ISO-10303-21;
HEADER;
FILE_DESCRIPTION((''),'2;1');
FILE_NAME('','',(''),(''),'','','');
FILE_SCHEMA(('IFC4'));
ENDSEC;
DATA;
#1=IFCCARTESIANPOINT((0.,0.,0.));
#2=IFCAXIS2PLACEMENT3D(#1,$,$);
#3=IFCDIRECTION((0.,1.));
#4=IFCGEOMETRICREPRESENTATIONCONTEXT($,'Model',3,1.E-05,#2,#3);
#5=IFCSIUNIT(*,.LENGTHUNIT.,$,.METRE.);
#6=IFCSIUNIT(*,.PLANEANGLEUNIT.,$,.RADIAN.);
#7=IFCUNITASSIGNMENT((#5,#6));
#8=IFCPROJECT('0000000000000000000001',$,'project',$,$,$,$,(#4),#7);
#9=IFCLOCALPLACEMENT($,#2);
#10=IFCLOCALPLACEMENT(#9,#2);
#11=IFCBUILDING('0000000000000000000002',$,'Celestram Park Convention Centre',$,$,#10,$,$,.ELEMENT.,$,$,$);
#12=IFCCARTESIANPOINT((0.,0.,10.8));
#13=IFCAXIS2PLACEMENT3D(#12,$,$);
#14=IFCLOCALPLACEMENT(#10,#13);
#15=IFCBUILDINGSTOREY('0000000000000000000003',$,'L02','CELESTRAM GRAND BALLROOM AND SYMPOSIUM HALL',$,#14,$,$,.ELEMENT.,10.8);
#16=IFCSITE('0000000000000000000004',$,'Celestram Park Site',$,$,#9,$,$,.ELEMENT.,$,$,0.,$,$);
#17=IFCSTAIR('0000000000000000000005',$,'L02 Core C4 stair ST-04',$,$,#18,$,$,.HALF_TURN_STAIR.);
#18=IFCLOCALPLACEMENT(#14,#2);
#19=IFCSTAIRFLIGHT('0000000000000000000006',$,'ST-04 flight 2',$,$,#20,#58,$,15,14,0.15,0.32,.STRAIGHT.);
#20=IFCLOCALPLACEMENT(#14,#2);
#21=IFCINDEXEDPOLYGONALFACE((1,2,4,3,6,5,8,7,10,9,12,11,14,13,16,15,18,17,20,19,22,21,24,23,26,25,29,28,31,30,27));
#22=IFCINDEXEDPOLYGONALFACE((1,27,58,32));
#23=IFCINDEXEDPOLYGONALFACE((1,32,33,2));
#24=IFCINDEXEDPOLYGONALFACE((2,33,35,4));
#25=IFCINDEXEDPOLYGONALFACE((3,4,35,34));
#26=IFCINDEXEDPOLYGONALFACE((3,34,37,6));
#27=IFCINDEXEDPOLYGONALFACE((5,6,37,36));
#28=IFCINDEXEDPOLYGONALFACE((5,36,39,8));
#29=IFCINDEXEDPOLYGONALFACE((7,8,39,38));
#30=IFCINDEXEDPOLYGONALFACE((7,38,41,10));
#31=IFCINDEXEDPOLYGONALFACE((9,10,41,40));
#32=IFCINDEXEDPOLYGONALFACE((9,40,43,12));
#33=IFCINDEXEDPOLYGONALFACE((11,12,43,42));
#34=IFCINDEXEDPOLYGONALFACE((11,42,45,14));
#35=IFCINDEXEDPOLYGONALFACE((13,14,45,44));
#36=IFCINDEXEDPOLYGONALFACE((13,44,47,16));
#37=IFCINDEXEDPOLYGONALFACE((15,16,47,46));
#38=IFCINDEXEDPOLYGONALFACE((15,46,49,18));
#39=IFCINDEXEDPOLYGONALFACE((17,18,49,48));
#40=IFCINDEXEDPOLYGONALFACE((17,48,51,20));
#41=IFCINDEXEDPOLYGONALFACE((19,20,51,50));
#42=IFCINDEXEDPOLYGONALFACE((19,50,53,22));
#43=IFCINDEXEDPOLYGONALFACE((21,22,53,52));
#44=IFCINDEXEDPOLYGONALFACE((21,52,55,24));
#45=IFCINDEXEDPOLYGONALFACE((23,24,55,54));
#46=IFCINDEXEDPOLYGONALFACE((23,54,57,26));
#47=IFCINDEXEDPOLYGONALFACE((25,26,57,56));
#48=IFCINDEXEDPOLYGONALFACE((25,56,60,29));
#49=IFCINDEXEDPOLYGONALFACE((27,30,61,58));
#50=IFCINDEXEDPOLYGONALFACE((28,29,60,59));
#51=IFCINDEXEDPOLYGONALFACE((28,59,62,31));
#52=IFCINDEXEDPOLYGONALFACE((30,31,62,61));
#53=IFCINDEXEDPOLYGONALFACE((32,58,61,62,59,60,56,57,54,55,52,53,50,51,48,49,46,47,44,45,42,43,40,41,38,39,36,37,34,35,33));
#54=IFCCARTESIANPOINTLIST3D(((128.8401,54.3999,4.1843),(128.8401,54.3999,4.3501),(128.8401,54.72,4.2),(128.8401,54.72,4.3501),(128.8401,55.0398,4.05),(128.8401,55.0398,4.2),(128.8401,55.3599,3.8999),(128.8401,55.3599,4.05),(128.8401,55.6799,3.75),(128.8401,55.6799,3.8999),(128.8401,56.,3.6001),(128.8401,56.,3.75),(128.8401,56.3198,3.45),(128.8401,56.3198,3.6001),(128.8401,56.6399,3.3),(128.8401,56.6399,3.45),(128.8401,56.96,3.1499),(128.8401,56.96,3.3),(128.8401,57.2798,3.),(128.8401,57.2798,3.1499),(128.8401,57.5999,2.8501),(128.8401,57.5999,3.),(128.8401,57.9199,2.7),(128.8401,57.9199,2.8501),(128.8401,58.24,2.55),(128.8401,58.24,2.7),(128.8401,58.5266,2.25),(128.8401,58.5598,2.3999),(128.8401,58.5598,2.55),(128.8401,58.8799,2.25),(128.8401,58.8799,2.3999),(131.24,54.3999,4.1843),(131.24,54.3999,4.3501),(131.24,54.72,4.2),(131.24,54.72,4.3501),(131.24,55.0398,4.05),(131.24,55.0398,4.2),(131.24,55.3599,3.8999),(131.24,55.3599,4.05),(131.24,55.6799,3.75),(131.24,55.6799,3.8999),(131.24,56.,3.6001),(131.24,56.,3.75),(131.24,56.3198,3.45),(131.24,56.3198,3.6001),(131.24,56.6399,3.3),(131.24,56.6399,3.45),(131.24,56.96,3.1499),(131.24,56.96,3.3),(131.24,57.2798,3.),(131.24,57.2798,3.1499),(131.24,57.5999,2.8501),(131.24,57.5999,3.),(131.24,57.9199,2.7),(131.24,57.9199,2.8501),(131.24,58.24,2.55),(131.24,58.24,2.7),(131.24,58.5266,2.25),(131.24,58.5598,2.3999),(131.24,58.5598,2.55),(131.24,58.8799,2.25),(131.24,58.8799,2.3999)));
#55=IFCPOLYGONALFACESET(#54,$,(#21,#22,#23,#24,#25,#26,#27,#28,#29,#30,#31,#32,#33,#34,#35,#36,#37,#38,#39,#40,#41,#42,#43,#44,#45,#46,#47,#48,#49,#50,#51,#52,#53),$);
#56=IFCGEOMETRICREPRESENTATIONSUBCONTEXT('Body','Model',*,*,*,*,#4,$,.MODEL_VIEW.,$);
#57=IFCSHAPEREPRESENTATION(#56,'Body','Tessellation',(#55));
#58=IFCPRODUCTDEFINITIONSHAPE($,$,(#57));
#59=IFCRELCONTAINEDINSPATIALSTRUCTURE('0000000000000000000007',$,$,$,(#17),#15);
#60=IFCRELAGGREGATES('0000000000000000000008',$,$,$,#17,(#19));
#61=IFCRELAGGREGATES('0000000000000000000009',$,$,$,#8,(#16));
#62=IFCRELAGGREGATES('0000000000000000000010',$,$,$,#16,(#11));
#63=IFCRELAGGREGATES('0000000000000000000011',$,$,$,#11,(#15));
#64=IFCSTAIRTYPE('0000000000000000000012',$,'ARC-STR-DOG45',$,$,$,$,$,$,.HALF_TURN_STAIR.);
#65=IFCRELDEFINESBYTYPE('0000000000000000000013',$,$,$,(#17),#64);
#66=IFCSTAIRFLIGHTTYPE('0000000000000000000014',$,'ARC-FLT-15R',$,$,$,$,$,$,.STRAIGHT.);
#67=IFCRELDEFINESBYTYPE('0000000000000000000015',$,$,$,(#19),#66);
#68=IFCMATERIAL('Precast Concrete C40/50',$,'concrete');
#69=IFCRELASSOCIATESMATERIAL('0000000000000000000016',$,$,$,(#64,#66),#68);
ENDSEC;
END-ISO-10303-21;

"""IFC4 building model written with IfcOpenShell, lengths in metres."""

from ifc_helpers import new_model, si_unit, direction, frame, origin, place, context, subcontext, project, spatial, polyline, outline, extrude, material, type_object, element, aggregate, save


model = new_model("IFC4")

# Units and contexts
model_context = context("Model", 3, precision=1e-05, world=origin(), true_north=direction((0.0, 1.0)))
body_context = subcontext(model_context, "Body", "Model", "MODEL_VIEW")
ifc_project = project(units=[si_unit("LENGTHUNIT", "METRE"), si_unit("PLANEANGLEUNIT", "RADIAN")], contexts=[model_context])

# Site, building, storey
site_placement = place(None, origin())
site = spatial("IfcSite", under=ifc_project, at=site_placement, Name="Celestram Park Site", CompositionType="ELEMENT", RefElevation=0.0)
building_placement = place(site_placement, origin())
building = spatial("IfcBuilding", under=site, at=building_placement, Name="Celestram Park Convention Centre", CompositionType="ELEMENT")
storey_placement = place(building_placement, frame((0.0, 0.0, 10.8)))
storey = spatial("IfcBuildingStorey", under=building, at=storey_placement, Name="L02", Description="CELESTRAM GRAND BALLROOM AND SYMPOSIUM HALL", CompositionType="ELEMENT", Elevation=10.8)

# Stair, stair flight
ifc_material_1 = material(Name="Precast Concrete C40/50", Category="concrete")
stair_type = type_object("IfcStairType", Name="ARC-STR-DOG45", PredefinedType="HALF_TURN_STAIR", material=ifc_material_1)
stair_placement = place(storey_placement, origin())
stair = element("IfcStair", 1, at=stair_placement, inside=storey, type_object=stair_type, Name="L02 Core C4 stair ST-04", PredefinedType="HALF_TURN_STAIR")
stair_flight_type = type_object("IfcStairFlightType", Name="ARC-FLT-15R", PredefinedType="STRAIGHT", material=ifc_material_1)
stair_flight_1_placement = place(storey_placement, frame((130.04, 58.8799, 2.25), z_axis=(0.0, 0.0, 1.0), x_axis=(0.0, -1.0, 0.0)))
stair_flight_1 = element("IfcStairFlight", 2, at=stair_flight_1_placement, type_object=stair_flight_type, Name="ST-04 flight 2", NumberOfRisers=15, NumberOfTreads=14, PredefinedType="STRAIGHT", RiserHeight=0.15, TreadLength=0.32, context=body_context, shape_type="SweptSolid", body=[
    extrude(outline(polyline([(0.0, 0.0), (0.0, 0.1499), (0.3201, 0.1499), (0.3201, 0.3), (0.6399, 0.3), (0.6399, 0.45), (0.96, 0.45), (0.96, 0.6001), (1.28, 0.6001), (1.28, 0.75), (1.6001, 0.75), (1.6001, 0.8999), (1.9199, 0.8999), (1.9199, 1.05), (2.24, 1.05), (2.24, 1.2), (2.5601, 1.2), (2.5601, 1.3501), (2.8799, 1.3501), (2.8799, 1.5), (3.2, 1.5), (3.2, 1.6499), (3.52, 1.6499), (3.52, 1.8), (3.8401, 1.8), (3.8401, 1.95), (4.1599, 1.95), (4.1599, 2.1001), (4.48, 2.1001), (4.48, 2.25), (4.48, 1.9343), (0.3533, 0.0), (0.0, 0.0)])), frame((0.0, 1.2, 0.0), z_axis=(0.0, -1.0, 0.0), x_axis=(1.0, 0.0, 0.0)), (0.0, 0.0, 1.0), 2.3999),
])
aggregate(stair, [stair_flight_1])

save(model, "model.ifc")
